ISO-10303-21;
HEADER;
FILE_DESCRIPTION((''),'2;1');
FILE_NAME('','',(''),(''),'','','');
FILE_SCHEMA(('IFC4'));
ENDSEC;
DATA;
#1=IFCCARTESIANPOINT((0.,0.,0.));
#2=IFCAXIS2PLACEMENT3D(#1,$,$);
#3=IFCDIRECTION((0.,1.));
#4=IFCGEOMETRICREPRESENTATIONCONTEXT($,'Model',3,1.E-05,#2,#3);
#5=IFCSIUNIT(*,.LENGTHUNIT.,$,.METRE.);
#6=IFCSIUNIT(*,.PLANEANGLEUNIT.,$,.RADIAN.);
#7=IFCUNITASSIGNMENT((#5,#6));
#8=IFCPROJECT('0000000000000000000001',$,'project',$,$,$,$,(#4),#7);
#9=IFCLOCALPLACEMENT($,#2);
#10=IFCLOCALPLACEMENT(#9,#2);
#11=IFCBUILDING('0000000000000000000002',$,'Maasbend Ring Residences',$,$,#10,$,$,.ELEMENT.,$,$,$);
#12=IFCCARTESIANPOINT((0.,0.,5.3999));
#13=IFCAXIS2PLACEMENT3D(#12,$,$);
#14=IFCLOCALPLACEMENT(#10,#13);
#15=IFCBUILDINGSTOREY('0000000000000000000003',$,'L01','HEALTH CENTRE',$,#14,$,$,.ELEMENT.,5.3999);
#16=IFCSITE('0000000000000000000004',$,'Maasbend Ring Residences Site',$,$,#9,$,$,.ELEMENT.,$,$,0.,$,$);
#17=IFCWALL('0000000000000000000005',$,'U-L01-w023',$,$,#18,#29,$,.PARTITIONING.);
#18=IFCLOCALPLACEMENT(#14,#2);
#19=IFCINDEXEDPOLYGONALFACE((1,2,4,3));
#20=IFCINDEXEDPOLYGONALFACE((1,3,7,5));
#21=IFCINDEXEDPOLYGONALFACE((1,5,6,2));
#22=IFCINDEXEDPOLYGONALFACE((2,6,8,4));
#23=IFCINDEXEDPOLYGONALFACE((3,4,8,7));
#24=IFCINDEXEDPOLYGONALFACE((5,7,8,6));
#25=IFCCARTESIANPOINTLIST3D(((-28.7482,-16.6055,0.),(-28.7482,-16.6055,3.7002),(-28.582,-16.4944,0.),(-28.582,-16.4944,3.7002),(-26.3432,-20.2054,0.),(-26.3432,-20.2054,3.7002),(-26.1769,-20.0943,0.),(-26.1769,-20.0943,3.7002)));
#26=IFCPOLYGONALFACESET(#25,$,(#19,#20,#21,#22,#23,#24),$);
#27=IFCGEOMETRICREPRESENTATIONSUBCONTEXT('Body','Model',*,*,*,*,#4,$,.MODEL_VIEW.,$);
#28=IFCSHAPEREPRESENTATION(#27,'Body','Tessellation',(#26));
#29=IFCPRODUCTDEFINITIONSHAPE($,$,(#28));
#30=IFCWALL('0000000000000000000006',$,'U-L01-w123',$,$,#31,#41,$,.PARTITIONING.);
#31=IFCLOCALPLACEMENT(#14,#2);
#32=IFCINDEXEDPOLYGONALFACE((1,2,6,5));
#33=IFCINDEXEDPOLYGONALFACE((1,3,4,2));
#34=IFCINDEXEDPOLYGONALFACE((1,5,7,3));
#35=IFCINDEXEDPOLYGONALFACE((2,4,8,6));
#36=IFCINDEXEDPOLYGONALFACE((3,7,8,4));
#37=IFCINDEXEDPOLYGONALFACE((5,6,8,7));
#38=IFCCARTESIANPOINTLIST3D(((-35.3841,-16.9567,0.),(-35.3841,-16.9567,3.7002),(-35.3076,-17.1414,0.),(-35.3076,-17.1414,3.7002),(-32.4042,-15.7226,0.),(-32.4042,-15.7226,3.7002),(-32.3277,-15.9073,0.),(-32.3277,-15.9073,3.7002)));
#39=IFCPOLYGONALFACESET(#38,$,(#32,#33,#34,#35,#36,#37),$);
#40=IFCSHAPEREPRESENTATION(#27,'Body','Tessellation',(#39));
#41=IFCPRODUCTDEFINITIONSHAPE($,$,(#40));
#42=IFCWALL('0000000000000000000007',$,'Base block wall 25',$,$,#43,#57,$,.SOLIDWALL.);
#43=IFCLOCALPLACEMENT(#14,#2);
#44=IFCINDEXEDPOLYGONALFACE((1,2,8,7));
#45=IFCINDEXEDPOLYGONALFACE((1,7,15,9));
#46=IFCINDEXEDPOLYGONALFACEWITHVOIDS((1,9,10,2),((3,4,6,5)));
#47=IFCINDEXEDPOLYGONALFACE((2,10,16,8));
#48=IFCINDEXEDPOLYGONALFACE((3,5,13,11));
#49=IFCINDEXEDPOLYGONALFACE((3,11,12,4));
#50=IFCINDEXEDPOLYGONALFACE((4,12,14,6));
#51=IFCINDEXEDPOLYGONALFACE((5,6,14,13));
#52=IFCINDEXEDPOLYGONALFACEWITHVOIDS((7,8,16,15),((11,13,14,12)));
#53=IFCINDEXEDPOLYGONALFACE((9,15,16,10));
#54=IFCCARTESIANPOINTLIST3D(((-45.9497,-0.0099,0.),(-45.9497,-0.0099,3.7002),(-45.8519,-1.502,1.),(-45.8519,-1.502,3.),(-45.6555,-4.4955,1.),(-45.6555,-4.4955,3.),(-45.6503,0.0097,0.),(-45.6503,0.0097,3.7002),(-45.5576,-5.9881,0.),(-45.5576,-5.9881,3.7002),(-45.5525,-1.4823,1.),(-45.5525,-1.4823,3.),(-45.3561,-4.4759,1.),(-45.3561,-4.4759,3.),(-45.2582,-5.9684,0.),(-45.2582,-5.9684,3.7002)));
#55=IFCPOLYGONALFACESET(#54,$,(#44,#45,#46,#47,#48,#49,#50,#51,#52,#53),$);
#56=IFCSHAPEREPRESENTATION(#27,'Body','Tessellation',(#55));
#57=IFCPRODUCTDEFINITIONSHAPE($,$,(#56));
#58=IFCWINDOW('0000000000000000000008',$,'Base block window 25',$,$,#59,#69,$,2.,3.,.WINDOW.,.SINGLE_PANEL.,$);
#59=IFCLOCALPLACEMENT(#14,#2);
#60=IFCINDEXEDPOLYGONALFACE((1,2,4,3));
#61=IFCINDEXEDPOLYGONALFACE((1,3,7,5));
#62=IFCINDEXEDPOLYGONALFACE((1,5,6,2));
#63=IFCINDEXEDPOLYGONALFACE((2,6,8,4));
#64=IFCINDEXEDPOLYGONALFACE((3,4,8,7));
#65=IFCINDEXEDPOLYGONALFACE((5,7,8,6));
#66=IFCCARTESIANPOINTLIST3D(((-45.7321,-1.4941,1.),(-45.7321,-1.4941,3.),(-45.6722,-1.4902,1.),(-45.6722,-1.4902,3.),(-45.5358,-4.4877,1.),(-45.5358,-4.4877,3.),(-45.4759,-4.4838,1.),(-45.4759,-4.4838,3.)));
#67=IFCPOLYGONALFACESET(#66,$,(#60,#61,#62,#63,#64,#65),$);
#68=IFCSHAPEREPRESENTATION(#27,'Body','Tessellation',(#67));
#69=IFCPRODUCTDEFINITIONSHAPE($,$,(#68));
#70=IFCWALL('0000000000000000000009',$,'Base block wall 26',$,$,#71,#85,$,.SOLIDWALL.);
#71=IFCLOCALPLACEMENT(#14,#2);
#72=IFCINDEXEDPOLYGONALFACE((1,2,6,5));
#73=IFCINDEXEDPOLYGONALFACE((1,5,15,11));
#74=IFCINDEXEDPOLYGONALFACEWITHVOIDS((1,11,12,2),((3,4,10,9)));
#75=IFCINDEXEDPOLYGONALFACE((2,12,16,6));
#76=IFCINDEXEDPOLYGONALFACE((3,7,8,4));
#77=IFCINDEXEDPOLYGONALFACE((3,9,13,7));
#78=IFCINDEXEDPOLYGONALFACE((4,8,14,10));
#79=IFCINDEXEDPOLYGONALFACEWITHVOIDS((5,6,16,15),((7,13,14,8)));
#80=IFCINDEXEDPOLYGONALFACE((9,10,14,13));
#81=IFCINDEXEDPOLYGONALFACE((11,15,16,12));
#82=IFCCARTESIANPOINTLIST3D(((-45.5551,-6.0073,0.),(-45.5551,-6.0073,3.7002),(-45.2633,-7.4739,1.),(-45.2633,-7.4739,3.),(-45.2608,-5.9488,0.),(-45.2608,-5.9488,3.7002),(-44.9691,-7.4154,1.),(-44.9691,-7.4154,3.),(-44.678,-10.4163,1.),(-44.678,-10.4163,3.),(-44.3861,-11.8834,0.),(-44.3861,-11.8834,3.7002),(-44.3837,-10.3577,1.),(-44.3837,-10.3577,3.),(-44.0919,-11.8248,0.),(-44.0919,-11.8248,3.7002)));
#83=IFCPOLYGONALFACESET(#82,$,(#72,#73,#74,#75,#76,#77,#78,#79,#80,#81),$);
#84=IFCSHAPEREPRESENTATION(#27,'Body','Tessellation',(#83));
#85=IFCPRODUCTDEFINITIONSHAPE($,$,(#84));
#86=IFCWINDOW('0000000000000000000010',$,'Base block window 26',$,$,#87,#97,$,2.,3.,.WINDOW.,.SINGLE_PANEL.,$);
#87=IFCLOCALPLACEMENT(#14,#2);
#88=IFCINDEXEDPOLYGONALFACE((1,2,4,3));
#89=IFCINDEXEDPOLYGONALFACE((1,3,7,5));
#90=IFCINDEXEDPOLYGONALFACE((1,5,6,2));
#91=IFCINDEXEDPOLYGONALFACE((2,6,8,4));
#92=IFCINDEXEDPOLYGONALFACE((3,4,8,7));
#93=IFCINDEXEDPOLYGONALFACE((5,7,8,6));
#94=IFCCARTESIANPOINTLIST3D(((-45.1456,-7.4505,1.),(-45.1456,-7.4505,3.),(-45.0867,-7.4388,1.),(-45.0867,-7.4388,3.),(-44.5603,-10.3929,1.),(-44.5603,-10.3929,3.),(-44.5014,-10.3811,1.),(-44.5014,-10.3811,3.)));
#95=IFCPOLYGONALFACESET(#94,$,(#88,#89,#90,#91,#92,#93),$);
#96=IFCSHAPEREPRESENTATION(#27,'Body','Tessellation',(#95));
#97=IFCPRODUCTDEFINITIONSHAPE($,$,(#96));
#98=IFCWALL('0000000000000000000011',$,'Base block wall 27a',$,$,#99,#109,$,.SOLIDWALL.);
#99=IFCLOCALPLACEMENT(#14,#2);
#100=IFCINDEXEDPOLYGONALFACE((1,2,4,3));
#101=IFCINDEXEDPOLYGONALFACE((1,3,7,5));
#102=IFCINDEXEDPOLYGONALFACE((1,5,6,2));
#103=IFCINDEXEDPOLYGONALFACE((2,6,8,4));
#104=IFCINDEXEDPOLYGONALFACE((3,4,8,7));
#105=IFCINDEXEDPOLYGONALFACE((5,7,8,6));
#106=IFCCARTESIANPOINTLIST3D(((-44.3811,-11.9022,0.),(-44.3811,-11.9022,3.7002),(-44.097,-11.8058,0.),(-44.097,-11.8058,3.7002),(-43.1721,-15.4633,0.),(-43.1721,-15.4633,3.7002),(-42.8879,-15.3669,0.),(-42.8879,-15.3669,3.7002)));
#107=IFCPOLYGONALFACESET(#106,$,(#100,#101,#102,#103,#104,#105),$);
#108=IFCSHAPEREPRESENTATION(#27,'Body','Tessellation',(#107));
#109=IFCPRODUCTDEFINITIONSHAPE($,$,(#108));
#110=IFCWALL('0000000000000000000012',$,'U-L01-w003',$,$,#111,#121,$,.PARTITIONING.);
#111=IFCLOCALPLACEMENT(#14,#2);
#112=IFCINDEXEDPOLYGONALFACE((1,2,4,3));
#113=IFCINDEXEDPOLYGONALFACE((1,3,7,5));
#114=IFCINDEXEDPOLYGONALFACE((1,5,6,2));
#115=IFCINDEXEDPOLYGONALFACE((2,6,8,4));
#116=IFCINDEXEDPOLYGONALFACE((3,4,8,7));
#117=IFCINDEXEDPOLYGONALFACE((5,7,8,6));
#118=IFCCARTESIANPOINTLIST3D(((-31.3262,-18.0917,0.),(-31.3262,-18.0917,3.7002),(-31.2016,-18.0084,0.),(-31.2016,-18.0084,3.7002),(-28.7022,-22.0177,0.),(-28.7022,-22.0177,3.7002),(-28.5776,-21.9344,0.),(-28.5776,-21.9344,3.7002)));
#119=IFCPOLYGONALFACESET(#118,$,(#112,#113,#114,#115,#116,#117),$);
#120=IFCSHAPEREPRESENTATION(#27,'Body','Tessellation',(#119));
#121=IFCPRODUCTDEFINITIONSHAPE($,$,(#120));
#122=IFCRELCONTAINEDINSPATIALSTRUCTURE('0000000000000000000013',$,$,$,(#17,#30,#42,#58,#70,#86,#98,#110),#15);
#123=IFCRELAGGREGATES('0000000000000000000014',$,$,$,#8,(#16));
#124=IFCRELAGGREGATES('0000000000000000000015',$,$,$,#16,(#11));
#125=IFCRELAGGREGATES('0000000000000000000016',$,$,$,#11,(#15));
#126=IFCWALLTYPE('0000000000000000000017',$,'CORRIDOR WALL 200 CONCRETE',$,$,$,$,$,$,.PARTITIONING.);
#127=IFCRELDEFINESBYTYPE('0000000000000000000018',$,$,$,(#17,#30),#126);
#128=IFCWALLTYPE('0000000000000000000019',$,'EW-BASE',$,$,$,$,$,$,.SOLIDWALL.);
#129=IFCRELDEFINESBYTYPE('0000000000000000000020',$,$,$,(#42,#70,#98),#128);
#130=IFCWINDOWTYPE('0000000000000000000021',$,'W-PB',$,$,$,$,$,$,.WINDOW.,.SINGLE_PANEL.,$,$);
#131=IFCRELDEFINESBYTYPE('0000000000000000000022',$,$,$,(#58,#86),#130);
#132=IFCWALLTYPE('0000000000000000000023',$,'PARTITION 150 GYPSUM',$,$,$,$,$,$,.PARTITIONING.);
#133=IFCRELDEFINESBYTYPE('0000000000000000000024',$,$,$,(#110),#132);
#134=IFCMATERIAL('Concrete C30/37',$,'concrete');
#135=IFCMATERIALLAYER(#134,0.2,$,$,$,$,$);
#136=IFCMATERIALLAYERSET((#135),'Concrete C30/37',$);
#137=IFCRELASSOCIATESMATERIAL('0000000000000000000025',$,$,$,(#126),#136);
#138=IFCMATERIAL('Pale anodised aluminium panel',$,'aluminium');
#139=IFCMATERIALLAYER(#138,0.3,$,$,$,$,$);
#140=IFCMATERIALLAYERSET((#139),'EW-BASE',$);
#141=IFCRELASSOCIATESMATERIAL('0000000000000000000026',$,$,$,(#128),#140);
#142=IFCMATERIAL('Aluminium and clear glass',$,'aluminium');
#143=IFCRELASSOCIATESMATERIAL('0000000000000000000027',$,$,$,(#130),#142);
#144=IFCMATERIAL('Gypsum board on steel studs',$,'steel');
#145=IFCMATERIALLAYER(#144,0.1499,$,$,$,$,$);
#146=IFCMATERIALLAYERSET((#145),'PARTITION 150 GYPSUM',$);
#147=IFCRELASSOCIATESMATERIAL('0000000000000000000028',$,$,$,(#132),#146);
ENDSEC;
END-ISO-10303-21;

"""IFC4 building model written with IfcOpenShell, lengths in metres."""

from ifc_helpers import new_model, si_unit, direction, frame, frame_2d, origin, place, context, subcontext, project, spatial, rectangle, extrude, material, layer, layer_set, type_object, element, fill, save


model = new_model("IFC4")

# Units and contexts
model_context = context("Model", 3, precision=1e-05, world=origin(), true_north=direction((0.0, 1.0)))
body_context = subcontext(model_context, "Body", "Model", "MODEL_VIEW")
ifc_project = project(units=[si_unit("LENGTHUNIT", "METRE"), si_unit("PLANEANGLEUNIT", "RADIAN")], contexts=[model_context])

# Site, building, storey
site_placement = place(None, origin())
site = spatial("IfcSite", under=ifc_project, at=site_placement, Name="Maasbend Ring Residences Site", CompositionType="ELEMENT", RefElevation=0.0)
building_placement = place(site_placement, origin())
building = spatial("IfcBuilding", under=site, at=building_placement, Name="Maasbend Ring Residences", CompositionType="ELEMENT")
storey_placement = place(building_placement, frame((0.0, 0.0, 5.3999)))
storey = spatial("IfcBuildingStorey", under=building, at=storey_placement, Name="L01", Description="HEALTH CENTRE", CompositionType="ELEMENT", Elevation=5.3999)

# Shared definitions
ifc_material_1 = material(Name="Concrete C30/37", Category="concrete")
ifc_layer_1 = layer(ifc_material_1, 0.2)
ifc_layer_set_1 = layer_set([ifc_layer_1], Name="Concrete C30/37")
wall_type_1 = type_object("IfcWallType", Name="CORRIDOR WALL 200 CONCRETE", PredefinedType="PARTITIONING", material=ifc_layer_set_1)

# Walls
wall_1_placement = place(storey_placement, frame((-28.665, -16.55, 0.0), z_axis=(0.0, 0.0, 1.0), x_axis=(0.55552, -0.831503, 0.0)))
element("IfcWall", 1, at=wall_1_placement, inside=storey, type_object=wall_type_1, Name="U-L01-w023", PredefinedType="PARTITIONING", context=body_context, shape_type="SweptSolid", body=[
    extrude(rectangle(XDim=4.3293, YDim=0.2, at=frame_2d((2.1646, 0.0))), origin(), (0.0, 0.0, 1.0), 3.7002),
])
wall_2_placement = place(storey_placement, frame((-35.3459, -17.0491, 0.0), z_axis=(0.0, 0.0, 1.0), x_axis=(0.923903, 0.382626, 0.0)))
element("IfcWall", 2, at=wall_2_placement, inside=storey, type_object=wall_type_1, Name="U-L01-w123", PredefinedType="PARTITIONING", context=body_context, shape_type="SweptSolid", body=[
    extrude(rectangle(XDim=3.2253, YDim=0.2, at=frame_2d((1.6128, 0.0))), origin(), (0.0, 0.0, 1.0), 3.7002),
])

# Walls, openings, windows
ifc_material_2 = material(Name="Pale anodised aluminium panel", Category="aluminium")
ifc_layer_2 = layer(ifc_material_2, 0.3)
ifc_layer_set_2 = layer_set([ifc_layer_2], Name="EW-BASE")
wall_type_2 = type_object("IfcWallType", Name="EW-BASE", PredefinedType="SOLIDWALL", material=ifc_layer_set_2)
wall_3_placement = place(storey_placement, frame((-45.8, 0.0, 0.0), z_axis=(0.0, 0.0, 1.0), x_axis=(0.065448, -0.997856, 0.0)))
wall_3 = element("IfcWall", 3, at=wall_3_placement, inside=storey, type_object=wall_type_2, Name="Base block wall 25", PredefinedType="SOLIDWALL", context=body_context, shape_type="SweptSolid", body=[
    extrude(rectangle(XDim=5.991, YDim=0.3, at=frame_2d((2.9956, 0.0))), origin(), (0.0, 0.0, 1.0), 3.7002),
])
opening_1_placement = place(wall_3_placement, frame((1.4954, 0.0, 1.0)))
opening_1 = element("IfcOpeningElement", 4, at=opening_1_placement, cuts=wall_3, PredefinedType="OPENING", context=body_context, shape_type="SweptSolid", body=[
    extrude(rectangle(XDim=3.0, YDim=2.0, at=frame_2d((1.5, 1.0))), frame((0.0, 0.1602, 0.0), z_axis=(0.0, -1.0, 0.0), x_axis=(1.0, 0.0, 0.0)), (0.0, 0.0, 1.0), 0.3201),
])
ifc_material_3 = material(Name="Aluminium and clear glass", Category="aluminium")
window_type = type_object("IfcWindowType", Name="W-PB", PartitioningType="SINGLE_PANEL", PredefinedType="WINDOW", material=ifc_material_3)
window_1_placement = place(opening_1_placement, origin())
window_1 = element("IfcWindow", 5, at=window_1_placement, inside=storey, type_object=window_type, Name="Base block window 25", OverallHeight=2.0, OverallWidth=3.0, PartitioningType="SINGLE_PANEL", PredefinedType="WINDOW", context=body_context, shape_type="SweptSolid", body=[
    extrude(rectangle(XDim=3.0, YDim=2.0, at=frame_2d((1.5, 1.0))), frame((0.0, 0.03, 0.0), z_axis=(0.0, -1.0, 0.0), x_axis=(1.0, 0.0, 0.0)), (0.0, 0.0, 1.0), 0.0601),
])
fill(opening_1, window_1)
wall_4_placement = place(storey_placement, frame((-45.408, -5.978, 0.0), z_axis=(0.0, 0.0, 1.0), x_axis=(0.195113, -0.980781, 0.0)))
wall_4 = element("IfcWall", 6, at=wall_4_placement, inside=storey, type_object=wall_type_2, Name="Base block wall 26", PredefinedType="SOLIDWALL", context=body_context, shape_type="SweptSolid", body=[
    extrude(rectangle(XDim=5.9912, YDim=0.3, at=frame_2d((2.9956, 0.0))), origin(), (0.0, 0.0, 1.0), 3.7002),
])
opening_2_placement = place(wall_4_placement, frame((1.4954, 0.0, 1.0)))
opening_2 = element("IfcOpeningElement", 7, at=opening_2_placement, cuts=wall_4, PredefinedType="OPENING", context=body_context, shape_type="SweptSolid", body=[
    extrude(rectangle(XDim=3.0, YDim=2.0, at=frame_2d((1.5, 1.0))), frame((0.0, 0.1602, 0.0), z_axis=(0.0, -1.0, 0.0), x_axis=(1.0, 0.0, 0.0)), (0.0, 0.0, 1.0), 0.3201),
])
window_2_placement = place(opening_2_placement, origin())
window_2 = element("IfcWindow", 8, at=window_2_placement, inside=storey, type_object=window_type, Name="Base block window 26", OverallHeight=2.0, OverallWidth=3.0, PartitioningType="SINGLE_PANEL", PredefinedType="WINDOW", context=body_context, shape_type="SweptSolid", body=[
    extrude(rectangle(XDim=3.0, YDim=2.0, at=frame_2d((1.5, 1.0))), frame((0.0, 0.03, 0.0), z_axis=(0.0, -1.0, 0.0), x_axis=(1.0, 0.0, 0.0)), (0.0, 0.0, 1.0), 0.0601),
])
fill(opening_2, window_2)

# Walls
wall_5_placement = place(storey_placement, frame((-44.239, -11.854, 0.0), z_axis=(0.0, 0.0, 1.0), x_axis=(0.321481, -0.946916, 0.0)))
element("IfcWall", 9, at=wall_5_placement, inside=storey, type_object=wall_type_2, Name="Base block wall 27a", PredefinedType="SOLIDWALL", context=body_context, shape_type="SweptSolid", body=[
    extrude(rectangle(XDim=3.7607, YDim=0.3, at=frame_2d((1.8804, 0.0))), origin(), (0.0, 0.0, 1.0), 3.7002),
])
ifc_material_4 = material(Name="Gypsum board on steel studs", Category="steel")
ifc_layer_3 = layer(ifc_material_4, 0.1499)
ifc_layer_set_3 = layer_set([ifc_layer_3], Name="PARTITION 150 GYPSUM")
wall_type_3 = type_object("IfcWallType", Name="PARTITION 150 GYPSUM", PredefinedType="PARTITIONING", material=ifc_layer_set_3)
wall_6_placement = place(storey_placement, frame((-31.2639, -18.05, 0.0), z_axis=(0.0, 0.0, 1.0), x_axis=(0.555678, -0.831397, 0.0)))
element("IfcWall", 10, at=wall_6_placement, inside=storey, type_object=wall_type_3, Name="U-L01-w003", PredefinedType="PARTITIONING", context=body_context, shape_type="SweptSolid", body=[
    extrude(rectangle(XDim=4.7222, YDim=0.1499, at=frame_2d((2.3611, 0.0))), origin(), (0.0, 0.0, 1.0), 3.7002),
])

save(model, "model.ifc")
